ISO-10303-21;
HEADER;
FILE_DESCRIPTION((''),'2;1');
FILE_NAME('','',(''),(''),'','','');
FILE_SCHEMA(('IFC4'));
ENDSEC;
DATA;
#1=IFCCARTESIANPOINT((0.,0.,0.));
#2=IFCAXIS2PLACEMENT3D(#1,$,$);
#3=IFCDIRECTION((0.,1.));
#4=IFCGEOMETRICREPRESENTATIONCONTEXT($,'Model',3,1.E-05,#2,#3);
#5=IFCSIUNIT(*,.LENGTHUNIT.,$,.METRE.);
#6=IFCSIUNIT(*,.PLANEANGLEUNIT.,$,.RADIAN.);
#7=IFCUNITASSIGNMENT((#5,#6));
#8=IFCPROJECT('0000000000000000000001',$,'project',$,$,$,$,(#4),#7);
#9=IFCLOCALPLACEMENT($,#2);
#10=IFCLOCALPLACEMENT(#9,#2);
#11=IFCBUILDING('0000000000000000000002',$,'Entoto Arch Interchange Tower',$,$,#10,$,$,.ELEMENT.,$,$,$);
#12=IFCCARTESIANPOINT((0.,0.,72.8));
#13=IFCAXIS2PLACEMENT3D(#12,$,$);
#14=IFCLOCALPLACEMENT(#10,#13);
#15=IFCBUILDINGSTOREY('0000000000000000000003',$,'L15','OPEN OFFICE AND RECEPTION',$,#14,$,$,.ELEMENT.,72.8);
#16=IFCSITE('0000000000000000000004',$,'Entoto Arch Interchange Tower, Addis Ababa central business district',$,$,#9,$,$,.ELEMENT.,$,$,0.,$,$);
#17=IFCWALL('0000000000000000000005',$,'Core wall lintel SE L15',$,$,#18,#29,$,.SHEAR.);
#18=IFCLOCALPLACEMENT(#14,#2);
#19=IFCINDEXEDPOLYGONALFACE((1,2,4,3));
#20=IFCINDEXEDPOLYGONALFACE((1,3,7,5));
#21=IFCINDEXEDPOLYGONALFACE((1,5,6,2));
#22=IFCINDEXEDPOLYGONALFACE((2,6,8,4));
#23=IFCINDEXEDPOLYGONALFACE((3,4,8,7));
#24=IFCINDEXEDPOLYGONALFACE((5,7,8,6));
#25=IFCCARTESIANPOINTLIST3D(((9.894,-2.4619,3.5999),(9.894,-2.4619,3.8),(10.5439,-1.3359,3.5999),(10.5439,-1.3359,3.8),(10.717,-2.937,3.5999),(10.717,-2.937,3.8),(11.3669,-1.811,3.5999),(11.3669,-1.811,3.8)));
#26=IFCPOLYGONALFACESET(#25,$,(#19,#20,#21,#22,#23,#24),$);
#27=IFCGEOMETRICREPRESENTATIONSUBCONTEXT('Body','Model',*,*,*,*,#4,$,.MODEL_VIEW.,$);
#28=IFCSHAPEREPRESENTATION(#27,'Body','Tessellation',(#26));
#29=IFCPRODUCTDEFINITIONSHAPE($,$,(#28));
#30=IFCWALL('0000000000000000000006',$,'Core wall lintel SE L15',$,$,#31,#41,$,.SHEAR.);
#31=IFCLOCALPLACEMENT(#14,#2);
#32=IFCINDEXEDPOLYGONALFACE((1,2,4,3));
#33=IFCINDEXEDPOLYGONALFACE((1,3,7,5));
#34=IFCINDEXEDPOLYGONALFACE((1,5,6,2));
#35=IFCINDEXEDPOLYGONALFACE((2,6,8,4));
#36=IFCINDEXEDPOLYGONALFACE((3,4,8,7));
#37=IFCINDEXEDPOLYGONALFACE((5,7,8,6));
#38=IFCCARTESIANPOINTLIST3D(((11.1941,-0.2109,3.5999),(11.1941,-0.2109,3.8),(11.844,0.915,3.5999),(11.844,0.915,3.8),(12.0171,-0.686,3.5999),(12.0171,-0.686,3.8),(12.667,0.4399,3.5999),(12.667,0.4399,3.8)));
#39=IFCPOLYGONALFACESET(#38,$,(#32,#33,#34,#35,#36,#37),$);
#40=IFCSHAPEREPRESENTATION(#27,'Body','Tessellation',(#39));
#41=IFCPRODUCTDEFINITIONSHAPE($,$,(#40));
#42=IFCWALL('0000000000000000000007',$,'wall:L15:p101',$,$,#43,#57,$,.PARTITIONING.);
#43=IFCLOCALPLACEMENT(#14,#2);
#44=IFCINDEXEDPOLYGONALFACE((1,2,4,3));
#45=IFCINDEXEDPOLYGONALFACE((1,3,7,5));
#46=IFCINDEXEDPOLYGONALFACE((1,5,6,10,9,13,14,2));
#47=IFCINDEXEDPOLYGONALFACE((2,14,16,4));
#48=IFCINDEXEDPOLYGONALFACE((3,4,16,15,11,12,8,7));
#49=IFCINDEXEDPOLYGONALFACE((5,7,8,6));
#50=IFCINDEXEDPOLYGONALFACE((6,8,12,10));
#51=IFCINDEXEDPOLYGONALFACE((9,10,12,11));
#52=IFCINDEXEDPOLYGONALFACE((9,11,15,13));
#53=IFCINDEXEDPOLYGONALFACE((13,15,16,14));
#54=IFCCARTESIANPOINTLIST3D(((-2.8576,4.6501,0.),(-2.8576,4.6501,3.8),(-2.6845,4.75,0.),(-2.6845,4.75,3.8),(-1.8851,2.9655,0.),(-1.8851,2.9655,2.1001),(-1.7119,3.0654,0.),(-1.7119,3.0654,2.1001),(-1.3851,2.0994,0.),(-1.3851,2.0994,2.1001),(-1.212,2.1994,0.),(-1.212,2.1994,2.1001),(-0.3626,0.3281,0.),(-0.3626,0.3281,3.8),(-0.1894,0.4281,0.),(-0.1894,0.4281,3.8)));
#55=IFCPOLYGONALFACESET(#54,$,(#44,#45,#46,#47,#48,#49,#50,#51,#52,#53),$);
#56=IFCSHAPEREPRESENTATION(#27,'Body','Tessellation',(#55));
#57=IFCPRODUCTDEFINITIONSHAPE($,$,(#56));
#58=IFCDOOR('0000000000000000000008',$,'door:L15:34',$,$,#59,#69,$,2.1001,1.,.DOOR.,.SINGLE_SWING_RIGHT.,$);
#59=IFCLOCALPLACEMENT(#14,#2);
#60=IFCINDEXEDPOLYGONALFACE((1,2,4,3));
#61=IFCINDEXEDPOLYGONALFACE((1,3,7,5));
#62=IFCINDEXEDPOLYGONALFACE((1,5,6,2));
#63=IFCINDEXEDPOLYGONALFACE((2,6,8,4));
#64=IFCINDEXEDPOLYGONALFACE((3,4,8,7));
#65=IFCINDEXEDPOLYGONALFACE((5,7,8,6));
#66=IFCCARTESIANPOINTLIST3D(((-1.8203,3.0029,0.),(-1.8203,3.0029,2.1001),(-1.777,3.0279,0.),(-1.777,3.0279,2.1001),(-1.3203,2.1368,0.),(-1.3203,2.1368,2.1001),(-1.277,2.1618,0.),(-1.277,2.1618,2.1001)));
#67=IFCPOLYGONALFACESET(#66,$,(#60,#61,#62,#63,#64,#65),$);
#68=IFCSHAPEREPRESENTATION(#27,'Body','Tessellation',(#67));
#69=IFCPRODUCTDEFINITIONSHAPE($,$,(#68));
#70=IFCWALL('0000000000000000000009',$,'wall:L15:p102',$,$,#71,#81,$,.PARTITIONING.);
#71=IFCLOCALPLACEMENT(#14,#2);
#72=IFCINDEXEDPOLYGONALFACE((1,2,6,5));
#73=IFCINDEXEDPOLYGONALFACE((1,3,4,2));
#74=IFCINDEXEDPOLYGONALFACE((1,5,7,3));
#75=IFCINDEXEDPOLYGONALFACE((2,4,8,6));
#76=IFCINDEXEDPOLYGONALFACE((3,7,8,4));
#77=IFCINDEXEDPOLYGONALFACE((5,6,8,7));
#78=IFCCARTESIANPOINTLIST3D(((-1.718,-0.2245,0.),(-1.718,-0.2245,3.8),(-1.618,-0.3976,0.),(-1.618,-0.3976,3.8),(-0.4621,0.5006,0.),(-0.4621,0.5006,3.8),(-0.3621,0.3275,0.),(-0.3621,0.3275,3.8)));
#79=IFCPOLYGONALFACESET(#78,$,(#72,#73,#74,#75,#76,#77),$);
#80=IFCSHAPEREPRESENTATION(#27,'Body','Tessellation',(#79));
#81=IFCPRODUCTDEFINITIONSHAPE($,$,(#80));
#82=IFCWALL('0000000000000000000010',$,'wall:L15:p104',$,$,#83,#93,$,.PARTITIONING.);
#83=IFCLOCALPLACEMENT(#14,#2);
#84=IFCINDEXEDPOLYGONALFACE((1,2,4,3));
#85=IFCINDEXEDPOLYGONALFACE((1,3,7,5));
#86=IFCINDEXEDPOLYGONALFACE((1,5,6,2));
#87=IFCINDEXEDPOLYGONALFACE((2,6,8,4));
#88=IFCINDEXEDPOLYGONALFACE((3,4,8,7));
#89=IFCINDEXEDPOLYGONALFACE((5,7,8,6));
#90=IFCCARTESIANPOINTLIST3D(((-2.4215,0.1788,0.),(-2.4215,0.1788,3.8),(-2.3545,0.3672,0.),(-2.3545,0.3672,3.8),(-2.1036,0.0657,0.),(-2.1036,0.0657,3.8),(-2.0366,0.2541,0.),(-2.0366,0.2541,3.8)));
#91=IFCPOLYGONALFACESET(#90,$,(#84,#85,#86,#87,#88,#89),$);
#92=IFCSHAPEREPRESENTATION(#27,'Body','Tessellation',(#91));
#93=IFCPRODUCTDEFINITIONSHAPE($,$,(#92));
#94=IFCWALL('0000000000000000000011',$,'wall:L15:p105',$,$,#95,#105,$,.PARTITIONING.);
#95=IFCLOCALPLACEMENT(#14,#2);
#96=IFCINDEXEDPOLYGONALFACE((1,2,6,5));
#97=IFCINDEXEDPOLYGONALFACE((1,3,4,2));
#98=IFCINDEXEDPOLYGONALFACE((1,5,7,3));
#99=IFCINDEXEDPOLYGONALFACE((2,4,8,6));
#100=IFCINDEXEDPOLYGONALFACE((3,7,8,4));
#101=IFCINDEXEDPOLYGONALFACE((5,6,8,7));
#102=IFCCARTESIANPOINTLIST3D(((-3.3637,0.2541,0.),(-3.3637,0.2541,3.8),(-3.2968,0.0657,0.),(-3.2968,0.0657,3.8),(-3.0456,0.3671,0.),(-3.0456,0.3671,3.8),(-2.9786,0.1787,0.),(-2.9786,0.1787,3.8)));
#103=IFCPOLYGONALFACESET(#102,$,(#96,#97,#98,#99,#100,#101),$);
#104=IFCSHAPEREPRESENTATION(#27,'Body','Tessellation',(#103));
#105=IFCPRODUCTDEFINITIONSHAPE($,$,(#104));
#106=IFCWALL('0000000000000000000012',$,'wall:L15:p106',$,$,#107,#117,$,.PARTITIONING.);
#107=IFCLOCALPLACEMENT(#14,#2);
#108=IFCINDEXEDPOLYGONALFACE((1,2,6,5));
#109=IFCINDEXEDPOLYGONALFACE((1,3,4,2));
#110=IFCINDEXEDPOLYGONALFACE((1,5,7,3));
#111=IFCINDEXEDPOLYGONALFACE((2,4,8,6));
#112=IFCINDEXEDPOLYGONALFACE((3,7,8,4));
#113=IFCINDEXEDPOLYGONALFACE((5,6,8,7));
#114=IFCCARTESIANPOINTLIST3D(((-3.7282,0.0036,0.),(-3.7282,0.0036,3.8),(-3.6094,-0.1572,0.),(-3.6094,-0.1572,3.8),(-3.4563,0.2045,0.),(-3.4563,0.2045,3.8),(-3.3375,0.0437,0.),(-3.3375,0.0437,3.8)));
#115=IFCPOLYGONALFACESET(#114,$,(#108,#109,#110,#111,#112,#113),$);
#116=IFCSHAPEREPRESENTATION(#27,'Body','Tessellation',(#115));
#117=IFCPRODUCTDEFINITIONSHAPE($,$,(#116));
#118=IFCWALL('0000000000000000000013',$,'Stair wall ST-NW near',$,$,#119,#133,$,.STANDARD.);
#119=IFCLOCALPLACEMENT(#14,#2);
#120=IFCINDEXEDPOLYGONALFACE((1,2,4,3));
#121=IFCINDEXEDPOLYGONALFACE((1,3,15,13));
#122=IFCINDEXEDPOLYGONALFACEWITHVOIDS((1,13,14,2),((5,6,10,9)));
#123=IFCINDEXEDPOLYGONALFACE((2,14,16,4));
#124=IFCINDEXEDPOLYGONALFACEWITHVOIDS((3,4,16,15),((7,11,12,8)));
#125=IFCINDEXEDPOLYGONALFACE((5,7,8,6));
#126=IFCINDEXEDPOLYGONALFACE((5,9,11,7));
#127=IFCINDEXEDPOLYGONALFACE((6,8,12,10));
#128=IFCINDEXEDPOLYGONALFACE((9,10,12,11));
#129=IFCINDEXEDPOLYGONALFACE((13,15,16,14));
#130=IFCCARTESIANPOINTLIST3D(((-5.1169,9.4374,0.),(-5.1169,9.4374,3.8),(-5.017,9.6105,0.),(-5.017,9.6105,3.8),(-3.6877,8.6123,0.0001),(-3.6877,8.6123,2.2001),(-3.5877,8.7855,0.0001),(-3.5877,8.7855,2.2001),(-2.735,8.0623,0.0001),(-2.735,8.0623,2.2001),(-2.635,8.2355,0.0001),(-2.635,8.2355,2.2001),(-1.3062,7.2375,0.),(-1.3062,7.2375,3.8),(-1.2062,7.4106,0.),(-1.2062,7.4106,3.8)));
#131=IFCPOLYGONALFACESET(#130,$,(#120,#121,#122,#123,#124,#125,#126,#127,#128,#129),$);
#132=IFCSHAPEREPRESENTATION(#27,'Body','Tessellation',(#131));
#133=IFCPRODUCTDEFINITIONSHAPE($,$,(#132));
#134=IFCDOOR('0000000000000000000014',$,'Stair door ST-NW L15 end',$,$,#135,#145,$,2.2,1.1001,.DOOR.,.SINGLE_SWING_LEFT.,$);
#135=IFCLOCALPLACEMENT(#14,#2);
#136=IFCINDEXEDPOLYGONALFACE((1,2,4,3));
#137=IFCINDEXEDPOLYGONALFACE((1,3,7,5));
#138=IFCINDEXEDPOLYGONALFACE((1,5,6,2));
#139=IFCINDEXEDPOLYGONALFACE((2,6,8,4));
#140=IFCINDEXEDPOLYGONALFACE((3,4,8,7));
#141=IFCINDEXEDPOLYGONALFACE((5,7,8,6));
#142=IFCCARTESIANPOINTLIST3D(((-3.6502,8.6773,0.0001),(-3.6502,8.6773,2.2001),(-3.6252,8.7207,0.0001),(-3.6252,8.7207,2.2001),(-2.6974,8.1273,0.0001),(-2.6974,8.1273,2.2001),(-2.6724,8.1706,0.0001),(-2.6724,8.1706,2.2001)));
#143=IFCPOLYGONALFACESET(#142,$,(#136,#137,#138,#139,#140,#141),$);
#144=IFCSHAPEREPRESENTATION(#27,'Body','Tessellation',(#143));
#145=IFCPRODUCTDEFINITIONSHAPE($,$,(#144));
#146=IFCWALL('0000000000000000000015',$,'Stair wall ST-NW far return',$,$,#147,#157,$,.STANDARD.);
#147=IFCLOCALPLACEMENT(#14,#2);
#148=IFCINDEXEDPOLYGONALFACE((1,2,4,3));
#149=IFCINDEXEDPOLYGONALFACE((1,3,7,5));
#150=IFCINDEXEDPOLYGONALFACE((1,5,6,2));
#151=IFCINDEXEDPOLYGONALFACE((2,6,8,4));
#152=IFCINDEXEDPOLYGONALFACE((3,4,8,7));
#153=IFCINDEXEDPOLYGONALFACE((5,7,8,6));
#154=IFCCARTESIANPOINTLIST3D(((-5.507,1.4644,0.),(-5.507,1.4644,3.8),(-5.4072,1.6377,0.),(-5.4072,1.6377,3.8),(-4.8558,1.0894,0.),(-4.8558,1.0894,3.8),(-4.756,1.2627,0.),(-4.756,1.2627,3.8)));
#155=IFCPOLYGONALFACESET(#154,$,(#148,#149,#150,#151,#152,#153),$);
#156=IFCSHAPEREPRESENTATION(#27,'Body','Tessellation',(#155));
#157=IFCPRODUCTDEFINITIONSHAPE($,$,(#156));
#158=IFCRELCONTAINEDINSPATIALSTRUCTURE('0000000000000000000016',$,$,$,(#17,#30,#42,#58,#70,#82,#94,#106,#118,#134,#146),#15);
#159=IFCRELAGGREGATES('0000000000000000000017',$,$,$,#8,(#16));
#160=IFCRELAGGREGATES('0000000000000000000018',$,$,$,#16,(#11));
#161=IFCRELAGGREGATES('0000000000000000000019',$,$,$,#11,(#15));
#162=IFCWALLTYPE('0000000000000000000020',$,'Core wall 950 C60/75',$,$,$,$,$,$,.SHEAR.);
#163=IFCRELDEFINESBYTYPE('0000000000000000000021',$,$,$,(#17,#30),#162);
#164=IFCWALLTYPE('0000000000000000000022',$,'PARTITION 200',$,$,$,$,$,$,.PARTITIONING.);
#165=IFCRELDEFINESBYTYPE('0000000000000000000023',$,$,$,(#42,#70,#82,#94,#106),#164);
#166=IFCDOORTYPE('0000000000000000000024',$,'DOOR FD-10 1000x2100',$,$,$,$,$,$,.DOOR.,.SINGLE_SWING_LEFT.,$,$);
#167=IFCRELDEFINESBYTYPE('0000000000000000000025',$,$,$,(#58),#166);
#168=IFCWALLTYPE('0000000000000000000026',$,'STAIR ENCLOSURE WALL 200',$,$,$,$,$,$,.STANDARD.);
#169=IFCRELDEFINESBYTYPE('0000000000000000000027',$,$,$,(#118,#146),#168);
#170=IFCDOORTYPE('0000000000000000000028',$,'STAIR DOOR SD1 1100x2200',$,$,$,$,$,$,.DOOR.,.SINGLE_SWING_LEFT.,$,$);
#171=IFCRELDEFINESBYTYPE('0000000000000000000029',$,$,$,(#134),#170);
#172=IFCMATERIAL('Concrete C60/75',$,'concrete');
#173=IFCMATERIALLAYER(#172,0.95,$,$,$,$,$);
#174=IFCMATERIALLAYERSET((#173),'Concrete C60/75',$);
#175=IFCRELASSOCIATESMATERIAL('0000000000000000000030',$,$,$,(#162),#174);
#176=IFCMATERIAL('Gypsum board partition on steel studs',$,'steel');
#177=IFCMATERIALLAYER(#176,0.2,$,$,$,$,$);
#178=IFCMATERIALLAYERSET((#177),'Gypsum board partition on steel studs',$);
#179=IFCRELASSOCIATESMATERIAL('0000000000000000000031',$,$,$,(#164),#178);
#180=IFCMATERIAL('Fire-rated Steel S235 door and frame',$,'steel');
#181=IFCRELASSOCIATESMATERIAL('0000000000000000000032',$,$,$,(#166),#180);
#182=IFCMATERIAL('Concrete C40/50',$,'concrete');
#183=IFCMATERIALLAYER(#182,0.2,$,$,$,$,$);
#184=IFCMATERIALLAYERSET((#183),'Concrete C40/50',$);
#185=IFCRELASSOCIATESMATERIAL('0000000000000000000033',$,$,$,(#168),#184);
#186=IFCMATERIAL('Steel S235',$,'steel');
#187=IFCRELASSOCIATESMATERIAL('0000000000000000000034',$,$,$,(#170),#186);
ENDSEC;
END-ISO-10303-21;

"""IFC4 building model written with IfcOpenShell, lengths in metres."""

from ifc_helpers import new_model, si_unit, direction, frame, frame_2d, origin, place, context, subcontext, project, spatial, polyline, rectangle, outline, extrude, material, layer, layer_set, type_object, element, fill, save


model = new_model("IFC4")

# Units and contexts
model_context = context("Model", 3, precision=1e-05, world=origin(), true_north=direction((0.0, 1.0)))
body_context = subcontext(model_context, "Body", "Model", "MODEL_VIEW")
ifc_project = project(units=[si_unit("LENGTHUNIT", "METRE"), si_unit("PLANEANGLEUNIT", "RADIAN")], contexts=[model_context])

# Site, building, storey
site_placement = place(None, origin())
site = spatial("IfcSite", under=ifc_project, at=site_placement, Name="Entoto Arch Interchange Tower, Addis Ababa central business district", CompositionType="ELEMENT", RefElevation=0.0)
building_placement = place(site_placement, origin())
building = spatial("IfcBuilding", under=site, at=building_placement, Name="Entoto Arch Interchange Tower", CompositionType="ELEMENT")
storey_placement = place(building_placement, frame((0.0, 0.0, 72.8)))
storey = spatial("IfcBuildingStorey", under=building, at=storey_placement, Name="L15", Description="OPEN OFFICE AND RECEPTION", CompositionType="ELEMENT", Elevation=72.8)

# Walls
ifc_material_1 = material(Name="Concrete C60/75", Category="concrete")
ifc_layer_1 = layer(ifc_material_1, 0.95)
ifc_layer_set_1 = layer_set([ifc_layer_1], Name="Concrete C60/75")
wall_type_1 = type_object("IfcWallType", Name="Core wall 950 C60/75", PredefinedType="SHEAR", material=ifc_layer_set_1)
wall_1_placement = place(storey_placement, frame((0.0, 0.0, 3.5999)))
element("IfcWall", 1, at=wall_1_placement, inside=storey, type_object=wall_type_1, Name="Core wall lintel SE L15", PredefinedType="SHEAR", context=body_context, shape_type="SweptSolid", body=[
    extrude(outline(polyline([(11.3669, -1.811), (10.5439, -1.3359), (9.894, -2.4619), (10.717, -2.937), (11.3669, -1.811)])), origin(), (0.0, 0.0, 1.0), 0.2002),
])
wall_2_placement = place(storey_placement, frame((0.0, 0.0, 3.5999)))
element("IfcWall", 2, at=wall_2_placement, inside=storey, type_object=wall_type_1, Name="Core wall lintel SE L15", PredefinedType="SHEAR", context=body_context, shape_type="SweptSolid", body=[
    extrude(outline(polyline([(12.667, 0.4399), (11.844, 0.915), (11.1941, -0.2109), (12.0171, -0.686), (12.667, 0.4399)])), origin(), (0.0, 0.0, 1.0), 0.2002),
])

# Wall, opening, door
ifc_material_2 = material(Name="Gypsum board partition on steel studs", Category="steel")
ifc_layer_2 = layer(ifc_material_2, 0.2)
ifc_layer_set_2 = layer_set([ifc_layer_2], Name="Gypsum board partition on steel studs")
wall_type_2 = type_object("IfcWallType", Name="PARTITION 200", PredefinedType="PARTITIONING", material=ifc_layer_set_2)
wall_3_placement = place(storey_placement, frame((-2.771, 4.7, 0.0), z_axis=(0.0, 0.0, 1.0), x_axis=(0.499969, -0.866043, 0.0)))
wall_3 = element("IfcWall", 3, at=wall_3_placement, inside=storey, type_object=wall_type_2, Name="wall:L15:p101", PredefinedType="PARTITIONING", context=body_context, shape_type="SweptSolid", body=[
    extrude(rectangle(XDim=4.9905, YDim=0.2, at=frame_2d((2.4951, 0.0))), origin(), (0.0, 0.0, 1.0), 3.8),
])
opening_1_placement = place(wall_3_placement, frame((1.9451, 0.0, 0.0)))
opening_1 = element("IfcOpeningElement", 4, at=opening_1_placement, cuts=wall_3, PredefinedType="OPENING", context=body_context, shape_type="SweptSolid", body=[
    extrude(rectangle(XDim=1.0, YDim=2.1001, at=frame_2d((0.5, 1.05))), frame((0.0, 0.1099, 0.0), z_axis=(0.0, -1.0, 0.0), x_axis=(1.0, 0.0, 0.0)), (0.0, 0.0, 1.0), 0.22),
])
ifc_material_3 = material(Name="Fire-rated Steel S235 door and frame", Category="steel")
door_type_1 = type_object("IfcDoorType", Name="DOOR FD-10 1000x2100", OperationType="SINGLE_SWING_LEFT", PredefinedType="DOOR", material=ifc_material_3)
door_1_placement = place(opening_1_placement, origin())
door_1 = element("IfcDoor", 5, at=door_1_placement, inside=storey, type_object=door_type_1, Name="door:L15:34", OperationType="SINGLE_SWING_RIGHT", OverallHeight=2.1001, OverallWidth=1.0, PredefinedType="DOOR", context=body_context, shape_type="SweptSolid", body=[
    extrude(rectangle(XDim=1.0, YDim=2.1001, at=frame_2d((0.5, 1.05))), frame((0.0, 0.0249, 0.0), z_axis=(0.0, -1.0, 0.0), x_axis=(1.0, 0.0, 0.0)), (0.0, 0.0, 1.0), 0.05),
])
fill(opening_1, door_1)

# Walls
wall_4_placement = place(storey_placement, frame((-0.4121, 0.4141, 0.0), z_axis=(0.0, 0.0, 1.0), x_axis=(-0.866017, -0.500014, 0.0)))
element("IfcWall", 6, at=wall_4_placement, inside=storey, type_object=wall_type_2, Name="wall:L15:p102", PredefinedType="PARTITIONING", context=body_context, shape_type="SweptSolid", body=[
    extrude(rectangle(XDim=1.4502, YDim=0.2, at=frame_2d((0.7251, 0.0))), origin(), (0.0, 0.0, 1.0), 3.8),
])
wall_5_placement = place(storey_placement, frame((-2.0701, 0.1599, 0.0), z_axis=(0.0, 0.0, 1.0), x_axis=(-0.942199, 0.335052, 0.0)))
element("IfcWall", 7, at=wall_5_placement, inside=storey, type_object=wall_type_2, Name="wall:L15:p104", PredefinedType="PARTITIONING", context=body_context, shape_type="SweptSolid", body=[
    extrude(rectangle(XDim=0.3374, YDim=0.2, at=frame_2d((0.1687, 0.0))), origin(), (0.0, 0.0, 1.0), 3.8),
])
wall_6_placement = place(storey_placement, frame((-3.012, 0.2729, 0.0), z_axis=(0.0, 0.0, 1.0), x_axis=(-0.942281, -0.334824, 0.0)))
element("IfcWall", 8, at=wall_6_placement, inside=storey, type_object=wall_type_2, Name="wall:L15:p105", PredefinedType="PARTITIONING", context=body_context, shape_type="SweptSolid", body=[
    extrude(rectangle(XDim=0.3376, YDim=0.2, at=frame_2d((0.1689, 0.0))), origin(), (0.0, 0.0, 1.0), 3.8),
])
wall_7_placement = place(storey_placement, frame((-3.397, 0.124, 0.0), z_axis=(0.0, 0.0, 1.0), x_axis=(-0.804311, -0.594208, 0.0)))
element("IfcWall", 9, at=wall_7_placement, inside=storey, type_object=wall_type_2, Name="wall:L15:p106", PredefinedType="PARTITIONING", context=body_context, shape_type="SweptSolid", body=[
    extrude(rectangle(XDim=0.3381, YDim=0.2, at=frame_2d((0.1689, 0.0))), origin(), (0.0, 0.0, 1.0), 3.8),
])

# Wall, opening, door
ifc_material_4 = material(Name="Concrete C40/50", Category="concrete")
ifc_layer_3 = layer(ifc_material_4, 0.2)
ifc_layer_set_3 = layer_set([ifc_layer_3], Name="Concrete C40/50")
wall_type_3 = type_object("IfcWallType", Name="STAIR ENCLOSURE WALL 200", PredefinedType="STANDARD", material=ifc_layer_set_3)
wall_8_placement = place(storey_placement, frame((-1.2561, 7.324, 0.0), z_axis=(0.0, 0.0, 1.0), x_axis=(-0.866046, 0.499964, 0.0)))
wall_8 = element("IfcWall", 10, at=wall_8_placement, inside=storey, type_object=wall_type_3, Name="Stair wall ST-NW near", PredefinedType="STANDARD", context=body_context, shape_type="SweptSolid", body=[
    extrude(rectangle(XDim=4.4001, YDim=0.2, at=frame_2d((2.2002, 0.0))), origin(), (0.0, 0.0, 1.0), 3.8),
])
opening_2_placement = place(wall_8_placement, frame((1.6499, 0.0, 0.0)))
opening_2 = element("IfcOpeningElement", 11, at=opening_2_placement, cuts=wall_8, PredefinedType="OPENING", context=body_context, shape_type="SweptSolid", body=[
    extrude(rectangle(XDim=1.1001, YDim=2.2, at=frame_2d((0.55, 1.1001))), frame((0.0, 0.1099, 0.0), z_axis=(0.0, -1.0, 0.0), x_axis=(1.0, 0.0, 0.0)), (0.0, 0.0, 1.0), 0.22),
])
ifc_material_5 = material(Name="Steel S235", Category="steel")
door_type_2 = type_object("IfcDoorType", Name="STAIR DOOR SD1 1100x2200", OperationType="SINGLE_SWING_LEFT", PredefinedType="DOOR", material=ifc_material_5)
door_2_placement = place(opening_2_placement, origin())
door_2 = element("IfcDoor", 12, at=door_2_placement, inside=storey, type_object=door_type_2, Name="Stair door ST-NW L15 end", OperationType="SINGLE_SWING_LEFT", OverallHeight=2.2, OverallWidth=1.1001, PredefinedType="DOOR", context=body_context, shape_type="SweptSolid", body=[
    extrude(rectangle(XDim=1.1001, YDim=2.2, at=frame_2d((0.55, 1.1001))), frame((0.0, 0.0249, 0.0), z_axis=(0.0, -1.0, 0.0), x_axis=(1.0, 0.0, 0.0)), (0.0, 0.0, 1.0), 0.05),
])
fill(opening_2, door_2)

# Wall
wall_9_placement = place(storey_placement, frame((-4.8059, 1.176, 0.0), z_axis=(0.0, 0.0, 1.0), x_axis=(-0.866559, 0.499075, 0.0)))
element("IfcWall", 13, at=wall_9_placement, inside=storey, type_object=wall_type_3, Name="Stair wall ST-NW far return", PredefinedType="STANDARD", context=body_context, shape_type="SweptSolid", body=[
    extrude(rectangle(XDim=0.7515, YDim=0.2, at=frame_2d((0.3757, 0.0))), origin(), (0.0, 0.0, 1.0), 3.8),
])

save(model, "model.ifc")
